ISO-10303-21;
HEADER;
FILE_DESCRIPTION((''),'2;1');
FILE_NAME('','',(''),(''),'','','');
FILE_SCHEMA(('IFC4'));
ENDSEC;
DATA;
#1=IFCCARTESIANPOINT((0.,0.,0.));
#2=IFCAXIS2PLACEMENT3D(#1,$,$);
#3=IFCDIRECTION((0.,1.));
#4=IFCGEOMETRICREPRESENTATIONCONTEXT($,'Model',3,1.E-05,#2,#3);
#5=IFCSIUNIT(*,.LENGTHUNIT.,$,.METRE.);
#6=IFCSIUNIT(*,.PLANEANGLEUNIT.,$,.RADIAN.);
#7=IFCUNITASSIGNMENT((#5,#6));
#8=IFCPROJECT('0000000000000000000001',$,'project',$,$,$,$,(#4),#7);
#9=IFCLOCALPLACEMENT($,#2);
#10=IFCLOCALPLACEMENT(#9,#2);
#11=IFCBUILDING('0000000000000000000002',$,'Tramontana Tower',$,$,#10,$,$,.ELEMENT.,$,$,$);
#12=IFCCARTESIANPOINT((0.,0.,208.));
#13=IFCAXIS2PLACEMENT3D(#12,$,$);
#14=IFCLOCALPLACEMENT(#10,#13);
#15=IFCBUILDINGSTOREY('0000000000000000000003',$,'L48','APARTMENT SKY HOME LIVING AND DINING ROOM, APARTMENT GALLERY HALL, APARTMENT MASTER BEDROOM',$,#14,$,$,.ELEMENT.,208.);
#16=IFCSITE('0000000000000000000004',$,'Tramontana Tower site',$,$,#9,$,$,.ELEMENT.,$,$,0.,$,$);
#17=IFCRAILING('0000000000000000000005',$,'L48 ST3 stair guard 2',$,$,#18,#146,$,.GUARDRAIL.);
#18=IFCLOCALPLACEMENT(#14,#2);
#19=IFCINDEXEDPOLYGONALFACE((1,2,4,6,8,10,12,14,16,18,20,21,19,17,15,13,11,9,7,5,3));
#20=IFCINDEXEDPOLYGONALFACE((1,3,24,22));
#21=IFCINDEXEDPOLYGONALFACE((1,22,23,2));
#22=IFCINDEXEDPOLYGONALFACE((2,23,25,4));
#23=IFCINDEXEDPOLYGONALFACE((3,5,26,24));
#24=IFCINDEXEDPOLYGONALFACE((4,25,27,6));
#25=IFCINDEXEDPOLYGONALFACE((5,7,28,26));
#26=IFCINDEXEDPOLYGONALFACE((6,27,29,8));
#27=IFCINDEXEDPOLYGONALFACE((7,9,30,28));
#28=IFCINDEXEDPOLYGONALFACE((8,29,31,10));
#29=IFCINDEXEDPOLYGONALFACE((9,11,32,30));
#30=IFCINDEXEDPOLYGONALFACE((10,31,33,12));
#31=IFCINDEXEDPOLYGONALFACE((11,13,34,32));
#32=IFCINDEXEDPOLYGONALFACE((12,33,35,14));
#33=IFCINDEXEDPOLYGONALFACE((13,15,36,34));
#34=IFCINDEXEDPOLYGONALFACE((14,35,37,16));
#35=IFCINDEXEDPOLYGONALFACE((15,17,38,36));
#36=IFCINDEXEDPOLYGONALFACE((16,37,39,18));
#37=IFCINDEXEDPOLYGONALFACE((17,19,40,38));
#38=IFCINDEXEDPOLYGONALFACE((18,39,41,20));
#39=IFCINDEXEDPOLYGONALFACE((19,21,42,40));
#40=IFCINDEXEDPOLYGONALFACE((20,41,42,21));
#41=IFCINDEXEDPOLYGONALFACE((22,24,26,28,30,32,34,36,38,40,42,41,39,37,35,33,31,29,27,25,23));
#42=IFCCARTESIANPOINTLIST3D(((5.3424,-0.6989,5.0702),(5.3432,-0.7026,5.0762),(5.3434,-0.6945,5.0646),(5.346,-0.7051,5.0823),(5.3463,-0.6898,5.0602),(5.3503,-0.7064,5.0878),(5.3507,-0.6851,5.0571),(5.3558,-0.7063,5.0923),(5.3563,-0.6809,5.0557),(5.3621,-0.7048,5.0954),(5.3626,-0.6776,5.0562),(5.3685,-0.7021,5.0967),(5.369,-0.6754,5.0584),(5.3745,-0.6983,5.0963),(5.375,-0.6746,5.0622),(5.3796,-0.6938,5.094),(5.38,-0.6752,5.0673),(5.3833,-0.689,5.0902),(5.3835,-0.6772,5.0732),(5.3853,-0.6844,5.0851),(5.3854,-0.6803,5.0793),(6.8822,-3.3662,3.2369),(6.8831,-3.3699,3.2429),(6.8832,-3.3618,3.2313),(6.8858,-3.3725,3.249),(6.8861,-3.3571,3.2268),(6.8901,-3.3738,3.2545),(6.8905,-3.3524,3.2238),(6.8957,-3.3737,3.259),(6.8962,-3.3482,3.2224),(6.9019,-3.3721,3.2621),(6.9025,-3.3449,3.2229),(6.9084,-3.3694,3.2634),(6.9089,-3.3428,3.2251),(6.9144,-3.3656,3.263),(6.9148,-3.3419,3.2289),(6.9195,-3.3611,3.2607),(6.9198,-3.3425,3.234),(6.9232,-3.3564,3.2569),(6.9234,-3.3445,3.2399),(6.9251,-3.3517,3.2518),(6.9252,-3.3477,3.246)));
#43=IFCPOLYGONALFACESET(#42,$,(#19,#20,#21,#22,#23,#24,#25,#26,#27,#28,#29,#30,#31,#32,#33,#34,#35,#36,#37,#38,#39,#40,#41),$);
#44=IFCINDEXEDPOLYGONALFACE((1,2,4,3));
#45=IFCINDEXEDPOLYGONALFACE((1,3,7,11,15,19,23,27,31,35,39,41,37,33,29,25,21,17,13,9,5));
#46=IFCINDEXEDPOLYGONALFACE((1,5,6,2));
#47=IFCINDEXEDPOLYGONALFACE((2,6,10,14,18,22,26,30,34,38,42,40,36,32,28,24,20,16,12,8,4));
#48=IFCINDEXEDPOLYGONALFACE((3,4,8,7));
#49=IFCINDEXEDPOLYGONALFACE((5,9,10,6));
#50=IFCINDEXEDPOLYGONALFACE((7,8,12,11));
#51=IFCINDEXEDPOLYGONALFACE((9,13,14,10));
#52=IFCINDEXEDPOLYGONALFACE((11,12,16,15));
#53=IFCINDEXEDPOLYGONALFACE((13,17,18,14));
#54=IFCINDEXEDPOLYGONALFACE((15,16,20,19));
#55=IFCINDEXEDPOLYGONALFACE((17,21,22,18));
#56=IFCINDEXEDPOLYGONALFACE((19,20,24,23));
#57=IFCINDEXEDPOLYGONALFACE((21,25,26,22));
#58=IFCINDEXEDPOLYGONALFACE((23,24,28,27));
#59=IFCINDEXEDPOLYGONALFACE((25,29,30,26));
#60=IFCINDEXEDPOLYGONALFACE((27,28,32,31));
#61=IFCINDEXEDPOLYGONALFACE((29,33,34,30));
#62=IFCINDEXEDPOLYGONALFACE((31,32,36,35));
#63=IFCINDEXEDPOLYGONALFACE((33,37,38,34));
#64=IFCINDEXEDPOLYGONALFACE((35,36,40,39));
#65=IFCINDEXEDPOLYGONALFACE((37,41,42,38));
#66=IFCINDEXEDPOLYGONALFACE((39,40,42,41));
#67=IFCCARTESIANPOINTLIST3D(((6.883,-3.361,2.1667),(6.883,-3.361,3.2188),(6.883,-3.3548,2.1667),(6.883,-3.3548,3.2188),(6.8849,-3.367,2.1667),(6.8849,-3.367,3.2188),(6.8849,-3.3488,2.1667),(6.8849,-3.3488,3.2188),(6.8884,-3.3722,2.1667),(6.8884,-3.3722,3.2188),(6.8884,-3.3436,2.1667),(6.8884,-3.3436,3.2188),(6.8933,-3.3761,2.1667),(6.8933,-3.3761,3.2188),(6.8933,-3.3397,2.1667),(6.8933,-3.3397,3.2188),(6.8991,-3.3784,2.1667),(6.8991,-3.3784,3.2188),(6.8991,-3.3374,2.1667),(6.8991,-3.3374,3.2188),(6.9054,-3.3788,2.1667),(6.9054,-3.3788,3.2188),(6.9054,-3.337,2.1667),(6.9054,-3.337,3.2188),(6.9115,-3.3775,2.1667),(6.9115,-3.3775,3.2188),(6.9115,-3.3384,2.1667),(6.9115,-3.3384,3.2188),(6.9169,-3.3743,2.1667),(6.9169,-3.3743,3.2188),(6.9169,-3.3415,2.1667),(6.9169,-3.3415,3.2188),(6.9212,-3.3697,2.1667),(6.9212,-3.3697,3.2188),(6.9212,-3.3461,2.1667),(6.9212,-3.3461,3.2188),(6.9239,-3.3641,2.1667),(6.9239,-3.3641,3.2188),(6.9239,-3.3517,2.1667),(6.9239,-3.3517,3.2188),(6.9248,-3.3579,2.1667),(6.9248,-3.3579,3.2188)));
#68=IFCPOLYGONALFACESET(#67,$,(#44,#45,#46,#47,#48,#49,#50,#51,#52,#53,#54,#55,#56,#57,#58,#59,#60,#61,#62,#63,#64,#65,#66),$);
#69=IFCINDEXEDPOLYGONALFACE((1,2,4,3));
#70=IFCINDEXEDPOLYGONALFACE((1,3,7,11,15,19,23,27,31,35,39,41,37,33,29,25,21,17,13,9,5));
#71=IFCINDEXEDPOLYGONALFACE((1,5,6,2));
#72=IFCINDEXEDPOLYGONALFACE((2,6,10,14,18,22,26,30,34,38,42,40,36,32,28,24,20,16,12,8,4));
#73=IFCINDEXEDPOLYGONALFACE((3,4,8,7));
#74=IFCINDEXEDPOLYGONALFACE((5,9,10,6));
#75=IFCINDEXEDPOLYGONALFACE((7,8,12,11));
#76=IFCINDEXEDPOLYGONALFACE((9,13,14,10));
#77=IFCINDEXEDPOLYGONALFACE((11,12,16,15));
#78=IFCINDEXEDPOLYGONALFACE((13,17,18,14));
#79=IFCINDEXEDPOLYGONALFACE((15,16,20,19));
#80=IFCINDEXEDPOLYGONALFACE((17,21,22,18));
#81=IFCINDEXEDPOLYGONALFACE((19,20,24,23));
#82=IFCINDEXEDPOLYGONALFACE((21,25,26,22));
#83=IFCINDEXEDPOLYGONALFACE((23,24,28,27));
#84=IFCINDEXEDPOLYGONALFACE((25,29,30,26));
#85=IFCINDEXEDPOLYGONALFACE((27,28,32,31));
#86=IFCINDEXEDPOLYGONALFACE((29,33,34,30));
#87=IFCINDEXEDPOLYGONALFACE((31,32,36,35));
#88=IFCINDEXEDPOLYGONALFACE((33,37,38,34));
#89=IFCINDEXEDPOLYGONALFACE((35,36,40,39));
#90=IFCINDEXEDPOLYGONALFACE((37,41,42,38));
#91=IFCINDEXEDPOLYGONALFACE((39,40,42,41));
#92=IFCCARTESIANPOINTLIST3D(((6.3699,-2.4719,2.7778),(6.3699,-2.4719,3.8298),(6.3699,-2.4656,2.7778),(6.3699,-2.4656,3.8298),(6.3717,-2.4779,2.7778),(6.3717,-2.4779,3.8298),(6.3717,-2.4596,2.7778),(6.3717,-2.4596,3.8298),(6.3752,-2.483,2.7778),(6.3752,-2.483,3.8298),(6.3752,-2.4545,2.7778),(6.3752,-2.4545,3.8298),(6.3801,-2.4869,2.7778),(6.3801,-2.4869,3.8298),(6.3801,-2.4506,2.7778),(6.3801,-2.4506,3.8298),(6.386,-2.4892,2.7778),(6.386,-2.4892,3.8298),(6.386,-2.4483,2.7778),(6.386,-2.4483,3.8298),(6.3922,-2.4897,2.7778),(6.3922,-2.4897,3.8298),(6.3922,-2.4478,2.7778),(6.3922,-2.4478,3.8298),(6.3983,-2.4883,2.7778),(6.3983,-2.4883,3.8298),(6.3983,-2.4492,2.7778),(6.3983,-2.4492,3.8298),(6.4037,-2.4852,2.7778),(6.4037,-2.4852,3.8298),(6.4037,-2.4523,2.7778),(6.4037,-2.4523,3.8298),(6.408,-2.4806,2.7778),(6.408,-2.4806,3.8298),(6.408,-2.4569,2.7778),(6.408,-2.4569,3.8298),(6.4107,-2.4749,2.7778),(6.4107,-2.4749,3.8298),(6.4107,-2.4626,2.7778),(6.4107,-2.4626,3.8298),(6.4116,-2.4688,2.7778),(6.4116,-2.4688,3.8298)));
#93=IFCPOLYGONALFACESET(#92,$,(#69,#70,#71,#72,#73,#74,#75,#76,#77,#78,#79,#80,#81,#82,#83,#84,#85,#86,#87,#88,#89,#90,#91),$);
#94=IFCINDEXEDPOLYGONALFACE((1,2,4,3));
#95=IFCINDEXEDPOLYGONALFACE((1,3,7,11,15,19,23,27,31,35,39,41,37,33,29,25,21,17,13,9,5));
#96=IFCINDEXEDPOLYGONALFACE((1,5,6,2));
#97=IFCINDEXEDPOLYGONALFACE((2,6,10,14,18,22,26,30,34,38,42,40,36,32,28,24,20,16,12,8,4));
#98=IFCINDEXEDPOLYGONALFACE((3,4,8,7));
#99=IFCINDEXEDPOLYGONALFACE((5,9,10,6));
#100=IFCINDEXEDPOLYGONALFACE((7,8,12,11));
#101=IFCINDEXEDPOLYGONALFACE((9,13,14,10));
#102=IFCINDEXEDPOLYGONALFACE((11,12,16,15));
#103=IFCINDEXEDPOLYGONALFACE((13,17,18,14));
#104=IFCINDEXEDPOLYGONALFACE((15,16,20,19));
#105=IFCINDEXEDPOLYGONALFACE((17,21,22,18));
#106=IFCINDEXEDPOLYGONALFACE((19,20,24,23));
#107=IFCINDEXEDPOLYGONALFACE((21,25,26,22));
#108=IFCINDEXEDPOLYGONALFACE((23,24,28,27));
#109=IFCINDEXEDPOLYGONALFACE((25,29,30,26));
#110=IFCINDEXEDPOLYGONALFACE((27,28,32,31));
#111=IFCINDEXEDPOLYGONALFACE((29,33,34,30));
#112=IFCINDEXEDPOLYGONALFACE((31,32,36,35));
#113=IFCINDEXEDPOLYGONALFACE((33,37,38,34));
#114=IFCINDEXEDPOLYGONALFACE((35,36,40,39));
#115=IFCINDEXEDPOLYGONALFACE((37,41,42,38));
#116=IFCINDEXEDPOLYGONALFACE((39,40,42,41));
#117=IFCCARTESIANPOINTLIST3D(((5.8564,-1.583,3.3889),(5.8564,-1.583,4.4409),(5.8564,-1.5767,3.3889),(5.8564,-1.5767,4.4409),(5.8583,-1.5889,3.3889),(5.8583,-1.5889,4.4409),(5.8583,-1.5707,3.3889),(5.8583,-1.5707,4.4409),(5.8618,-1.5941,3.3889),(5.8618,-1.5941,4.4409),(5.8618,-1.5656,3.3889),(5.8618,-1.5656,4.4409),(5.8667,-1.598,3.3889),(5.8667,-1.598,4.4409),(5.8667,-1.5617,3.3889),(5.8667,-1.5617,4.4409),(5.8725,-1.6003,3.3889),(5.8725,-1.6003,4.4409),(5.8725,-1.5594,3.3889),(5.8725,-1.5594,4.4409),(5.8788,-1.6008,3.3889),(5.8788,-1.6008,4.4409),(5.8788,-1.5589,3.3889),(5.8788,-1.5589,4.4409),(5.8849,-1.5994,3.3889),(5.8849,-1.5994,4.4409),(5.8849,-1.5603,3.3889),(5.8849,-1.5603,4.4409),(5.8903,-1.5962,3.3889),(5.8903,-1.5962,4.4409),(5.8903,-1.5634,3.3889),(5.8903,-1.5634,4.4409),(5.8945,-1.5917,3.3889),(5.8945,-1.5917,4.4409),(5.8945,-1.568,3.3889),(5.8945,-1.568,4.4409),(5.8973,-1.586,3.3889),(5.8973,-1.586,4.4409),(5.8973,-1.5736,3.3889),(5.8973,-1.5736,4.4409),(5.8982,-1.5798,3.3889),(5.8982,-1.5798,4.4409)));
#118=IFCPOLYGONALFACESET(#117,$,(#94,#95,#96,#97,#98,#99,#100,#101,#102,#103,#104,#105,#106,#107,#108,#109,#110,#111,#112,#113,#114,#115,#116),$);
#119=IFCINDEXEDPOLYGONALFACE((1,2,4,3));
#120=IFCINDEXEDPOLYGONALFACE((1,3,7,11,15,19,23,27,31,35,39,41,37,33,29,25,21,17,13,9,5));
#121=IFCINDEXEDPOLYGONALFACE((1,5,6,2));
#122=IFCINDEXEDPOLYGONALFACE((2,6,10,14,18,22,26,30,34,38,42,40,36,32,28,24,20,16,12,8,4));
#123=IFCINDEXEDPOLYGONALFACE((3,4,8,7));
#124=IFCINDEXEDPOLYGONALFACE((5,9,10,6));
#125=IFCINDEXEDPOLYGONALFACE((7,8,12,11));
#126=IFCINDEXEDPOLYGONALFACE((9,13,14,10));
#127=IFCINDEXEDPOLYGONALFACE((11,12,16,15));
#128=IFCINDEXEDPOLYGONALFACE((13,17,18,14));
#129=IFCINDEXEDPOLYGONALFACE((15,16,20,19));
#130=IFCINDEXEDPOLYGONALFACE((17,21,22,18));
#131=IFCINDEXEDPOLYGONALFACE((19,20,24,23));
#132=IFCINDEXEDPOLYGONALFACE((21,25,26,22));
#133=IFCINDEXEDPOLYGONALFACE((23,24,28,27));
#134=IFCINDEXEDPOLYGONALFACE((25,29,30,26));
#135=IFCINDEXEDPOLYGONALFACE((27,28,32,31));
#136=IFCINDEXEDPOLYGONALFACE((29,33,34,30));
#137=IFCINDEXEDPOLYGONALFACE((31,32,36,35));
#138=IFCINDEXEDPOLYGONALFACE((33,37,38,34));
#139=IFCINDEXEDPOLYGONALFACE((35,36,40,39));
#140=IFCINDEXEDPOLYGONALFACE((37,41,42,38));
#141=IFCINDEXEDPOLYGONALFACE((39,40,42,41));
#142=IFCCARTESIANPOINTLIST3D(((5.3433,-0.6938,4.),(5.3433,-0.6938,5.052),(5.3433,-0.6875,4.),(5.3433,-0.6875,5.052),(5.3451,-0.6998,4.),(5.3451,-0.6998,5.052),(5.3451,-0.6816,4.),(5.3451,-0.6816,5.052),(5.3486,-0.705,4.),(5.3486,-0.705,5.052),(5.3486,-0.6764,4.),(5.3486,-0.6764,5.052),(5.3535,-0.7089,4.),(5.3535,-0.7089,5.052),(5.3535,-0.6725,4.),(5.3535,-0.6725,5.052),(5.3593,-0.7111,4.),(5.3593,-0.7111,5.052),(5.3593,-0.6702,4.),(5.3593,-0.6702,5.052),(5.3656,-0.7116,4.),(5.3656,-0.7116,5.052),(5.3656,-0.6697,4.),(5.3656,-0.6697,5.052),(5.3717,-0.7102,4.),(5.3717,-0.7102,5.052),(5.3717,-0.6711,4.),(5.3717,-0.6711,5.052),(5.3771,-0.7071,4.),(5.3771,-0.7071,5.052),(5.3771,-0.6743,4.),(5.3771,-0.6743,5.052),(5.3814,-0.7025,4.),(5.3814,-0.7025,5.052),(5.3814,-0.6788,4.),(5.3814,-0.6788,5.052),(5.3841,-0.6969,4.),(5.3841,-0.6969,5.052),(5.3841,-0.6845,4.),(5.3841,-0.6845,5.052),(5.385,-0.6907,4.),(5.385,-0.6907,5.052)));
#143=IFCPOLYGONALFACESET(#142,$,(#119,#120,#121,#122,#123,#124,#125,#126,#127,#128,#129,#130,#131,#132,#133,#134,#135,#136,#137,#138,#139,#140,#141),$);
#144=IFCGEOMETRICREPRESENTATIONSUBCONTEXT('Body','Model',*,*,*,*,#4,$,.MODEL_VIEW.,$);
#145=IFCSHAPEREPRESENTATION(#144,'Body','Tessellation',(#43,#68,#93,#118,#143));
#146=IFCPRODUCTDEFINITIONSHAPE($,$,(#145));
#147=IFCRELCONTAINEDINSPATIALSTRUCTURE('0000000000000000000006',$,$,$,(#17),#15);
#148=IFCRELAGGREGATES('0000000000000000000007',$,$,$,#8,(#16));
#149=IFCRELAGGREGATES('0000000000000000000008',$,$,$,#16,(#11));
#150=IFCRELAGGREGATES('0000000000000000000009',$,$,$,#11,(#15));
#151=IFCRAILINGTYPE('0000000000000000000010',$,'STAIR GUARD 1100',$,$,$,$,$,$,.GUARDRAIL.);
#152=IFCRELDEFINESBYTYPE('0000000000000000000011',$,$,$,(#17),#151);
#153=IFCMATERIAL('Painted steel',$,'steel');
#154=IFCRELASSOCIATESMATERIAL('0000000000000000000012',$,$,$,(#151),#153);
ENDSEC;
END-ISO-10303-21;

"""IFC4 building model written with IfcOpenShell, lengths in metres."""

from ifc_helpers import new_model, si_unit, direction, frame, origin, origin_2d, place, context, subcontext, project, spatial, circle, extrude, material, type_object, element, save


model = new_model("IFC4")

# Units and contexts
model_context = context("Model", 3, precision=1e-05, world=origin(), true_north=direction((0.0, 1.0)))
body_context = subcontext(model_context, "Body", "Model", "MODEL_VIEW")
ifc_project = project(units=[si_unit("LENGTHUNIT", "METRE"), si_unit("PLANEANGLEUNIT", "RADIAN")], contexts=[model_context])

# Site, building, storey
site_placement = place(None, origin())
site = spatial("IfcSite", under=ifc_project, at=site_placement, Name="Tramontana Tower site", CompositionType="ELEMENT", RefElevation=0.0)
building_placement = place(site_placement, origin())
building = spatial("IfcBuilding", under=site, at=building_placement, Name="Tramontana Tower", CompositionType="ELEMENT")
storey_placement = place(building_placement, frame((0.0, 0.0, 208.0)))
storey = spatial("IfcBuildingStorey", under=building, at=storey_placement, Name="L48", Description="APARTMENT SKY HOME LIVING AND DINING ROOM, APARTMENT GALLERY HALL, APARTMENT MASTER BEDROOM", CompositionType="ELEMENT", Elevation=208.0)

# Railing
ifc_material_1 = material(Name="Painted steel", Category="steel")
railing_type_1 = type_object("IfcRailingType", Name="STAIR GUARD 1100", PredefinedType="GUARDRAIL", material=ifc_material_1)
railing_1_placement = place(storey_placement, frame((6.9038, -3.3579, 2.1667)))
element("IfcRailing", 1, at=railing_1_placement, inside=storey, type_object=railing_type_1, Name="L48 ST3 stair guard 2", PredefinedType="GUARDRAIL", context=body_context, shape_type="SweptSolid", body=[
    extrude(circle(Radius=0.0239, at=origin_2d()), frame((0.0, 0.0, 1.0762), z_axis=(-0.429616, 0.744181, 0.511493), x_axis=(-0.866044, -0.499967, 0.0)), (0.0, 0.0, 1.0), 3.5842),
    extrude(circle(Radius=0.021, at=origin_2d()), origin(), (0.0, 0.0, 1.0), 1.052),
    extrude(circle(Radius=0.021, at=origin_2d()), frame((-0.5132, 0.8892, 0.6111)), (0.0, 0.0, 1.0), 1.052),
    extrude(circle(Radius=0.021, at=origin_2d()), frame((-1.0266, 1.7781, 1.2222)), (0.0, 0.0, 1.0), 1.052),
    extrude(circle(Radius=0.021, at=origin_2d()), frame((-1.5398, 2.6672, 1.8333)), (0.0, 0.0, 1.0), 1.052),
])

save(model, "model.ifc")
